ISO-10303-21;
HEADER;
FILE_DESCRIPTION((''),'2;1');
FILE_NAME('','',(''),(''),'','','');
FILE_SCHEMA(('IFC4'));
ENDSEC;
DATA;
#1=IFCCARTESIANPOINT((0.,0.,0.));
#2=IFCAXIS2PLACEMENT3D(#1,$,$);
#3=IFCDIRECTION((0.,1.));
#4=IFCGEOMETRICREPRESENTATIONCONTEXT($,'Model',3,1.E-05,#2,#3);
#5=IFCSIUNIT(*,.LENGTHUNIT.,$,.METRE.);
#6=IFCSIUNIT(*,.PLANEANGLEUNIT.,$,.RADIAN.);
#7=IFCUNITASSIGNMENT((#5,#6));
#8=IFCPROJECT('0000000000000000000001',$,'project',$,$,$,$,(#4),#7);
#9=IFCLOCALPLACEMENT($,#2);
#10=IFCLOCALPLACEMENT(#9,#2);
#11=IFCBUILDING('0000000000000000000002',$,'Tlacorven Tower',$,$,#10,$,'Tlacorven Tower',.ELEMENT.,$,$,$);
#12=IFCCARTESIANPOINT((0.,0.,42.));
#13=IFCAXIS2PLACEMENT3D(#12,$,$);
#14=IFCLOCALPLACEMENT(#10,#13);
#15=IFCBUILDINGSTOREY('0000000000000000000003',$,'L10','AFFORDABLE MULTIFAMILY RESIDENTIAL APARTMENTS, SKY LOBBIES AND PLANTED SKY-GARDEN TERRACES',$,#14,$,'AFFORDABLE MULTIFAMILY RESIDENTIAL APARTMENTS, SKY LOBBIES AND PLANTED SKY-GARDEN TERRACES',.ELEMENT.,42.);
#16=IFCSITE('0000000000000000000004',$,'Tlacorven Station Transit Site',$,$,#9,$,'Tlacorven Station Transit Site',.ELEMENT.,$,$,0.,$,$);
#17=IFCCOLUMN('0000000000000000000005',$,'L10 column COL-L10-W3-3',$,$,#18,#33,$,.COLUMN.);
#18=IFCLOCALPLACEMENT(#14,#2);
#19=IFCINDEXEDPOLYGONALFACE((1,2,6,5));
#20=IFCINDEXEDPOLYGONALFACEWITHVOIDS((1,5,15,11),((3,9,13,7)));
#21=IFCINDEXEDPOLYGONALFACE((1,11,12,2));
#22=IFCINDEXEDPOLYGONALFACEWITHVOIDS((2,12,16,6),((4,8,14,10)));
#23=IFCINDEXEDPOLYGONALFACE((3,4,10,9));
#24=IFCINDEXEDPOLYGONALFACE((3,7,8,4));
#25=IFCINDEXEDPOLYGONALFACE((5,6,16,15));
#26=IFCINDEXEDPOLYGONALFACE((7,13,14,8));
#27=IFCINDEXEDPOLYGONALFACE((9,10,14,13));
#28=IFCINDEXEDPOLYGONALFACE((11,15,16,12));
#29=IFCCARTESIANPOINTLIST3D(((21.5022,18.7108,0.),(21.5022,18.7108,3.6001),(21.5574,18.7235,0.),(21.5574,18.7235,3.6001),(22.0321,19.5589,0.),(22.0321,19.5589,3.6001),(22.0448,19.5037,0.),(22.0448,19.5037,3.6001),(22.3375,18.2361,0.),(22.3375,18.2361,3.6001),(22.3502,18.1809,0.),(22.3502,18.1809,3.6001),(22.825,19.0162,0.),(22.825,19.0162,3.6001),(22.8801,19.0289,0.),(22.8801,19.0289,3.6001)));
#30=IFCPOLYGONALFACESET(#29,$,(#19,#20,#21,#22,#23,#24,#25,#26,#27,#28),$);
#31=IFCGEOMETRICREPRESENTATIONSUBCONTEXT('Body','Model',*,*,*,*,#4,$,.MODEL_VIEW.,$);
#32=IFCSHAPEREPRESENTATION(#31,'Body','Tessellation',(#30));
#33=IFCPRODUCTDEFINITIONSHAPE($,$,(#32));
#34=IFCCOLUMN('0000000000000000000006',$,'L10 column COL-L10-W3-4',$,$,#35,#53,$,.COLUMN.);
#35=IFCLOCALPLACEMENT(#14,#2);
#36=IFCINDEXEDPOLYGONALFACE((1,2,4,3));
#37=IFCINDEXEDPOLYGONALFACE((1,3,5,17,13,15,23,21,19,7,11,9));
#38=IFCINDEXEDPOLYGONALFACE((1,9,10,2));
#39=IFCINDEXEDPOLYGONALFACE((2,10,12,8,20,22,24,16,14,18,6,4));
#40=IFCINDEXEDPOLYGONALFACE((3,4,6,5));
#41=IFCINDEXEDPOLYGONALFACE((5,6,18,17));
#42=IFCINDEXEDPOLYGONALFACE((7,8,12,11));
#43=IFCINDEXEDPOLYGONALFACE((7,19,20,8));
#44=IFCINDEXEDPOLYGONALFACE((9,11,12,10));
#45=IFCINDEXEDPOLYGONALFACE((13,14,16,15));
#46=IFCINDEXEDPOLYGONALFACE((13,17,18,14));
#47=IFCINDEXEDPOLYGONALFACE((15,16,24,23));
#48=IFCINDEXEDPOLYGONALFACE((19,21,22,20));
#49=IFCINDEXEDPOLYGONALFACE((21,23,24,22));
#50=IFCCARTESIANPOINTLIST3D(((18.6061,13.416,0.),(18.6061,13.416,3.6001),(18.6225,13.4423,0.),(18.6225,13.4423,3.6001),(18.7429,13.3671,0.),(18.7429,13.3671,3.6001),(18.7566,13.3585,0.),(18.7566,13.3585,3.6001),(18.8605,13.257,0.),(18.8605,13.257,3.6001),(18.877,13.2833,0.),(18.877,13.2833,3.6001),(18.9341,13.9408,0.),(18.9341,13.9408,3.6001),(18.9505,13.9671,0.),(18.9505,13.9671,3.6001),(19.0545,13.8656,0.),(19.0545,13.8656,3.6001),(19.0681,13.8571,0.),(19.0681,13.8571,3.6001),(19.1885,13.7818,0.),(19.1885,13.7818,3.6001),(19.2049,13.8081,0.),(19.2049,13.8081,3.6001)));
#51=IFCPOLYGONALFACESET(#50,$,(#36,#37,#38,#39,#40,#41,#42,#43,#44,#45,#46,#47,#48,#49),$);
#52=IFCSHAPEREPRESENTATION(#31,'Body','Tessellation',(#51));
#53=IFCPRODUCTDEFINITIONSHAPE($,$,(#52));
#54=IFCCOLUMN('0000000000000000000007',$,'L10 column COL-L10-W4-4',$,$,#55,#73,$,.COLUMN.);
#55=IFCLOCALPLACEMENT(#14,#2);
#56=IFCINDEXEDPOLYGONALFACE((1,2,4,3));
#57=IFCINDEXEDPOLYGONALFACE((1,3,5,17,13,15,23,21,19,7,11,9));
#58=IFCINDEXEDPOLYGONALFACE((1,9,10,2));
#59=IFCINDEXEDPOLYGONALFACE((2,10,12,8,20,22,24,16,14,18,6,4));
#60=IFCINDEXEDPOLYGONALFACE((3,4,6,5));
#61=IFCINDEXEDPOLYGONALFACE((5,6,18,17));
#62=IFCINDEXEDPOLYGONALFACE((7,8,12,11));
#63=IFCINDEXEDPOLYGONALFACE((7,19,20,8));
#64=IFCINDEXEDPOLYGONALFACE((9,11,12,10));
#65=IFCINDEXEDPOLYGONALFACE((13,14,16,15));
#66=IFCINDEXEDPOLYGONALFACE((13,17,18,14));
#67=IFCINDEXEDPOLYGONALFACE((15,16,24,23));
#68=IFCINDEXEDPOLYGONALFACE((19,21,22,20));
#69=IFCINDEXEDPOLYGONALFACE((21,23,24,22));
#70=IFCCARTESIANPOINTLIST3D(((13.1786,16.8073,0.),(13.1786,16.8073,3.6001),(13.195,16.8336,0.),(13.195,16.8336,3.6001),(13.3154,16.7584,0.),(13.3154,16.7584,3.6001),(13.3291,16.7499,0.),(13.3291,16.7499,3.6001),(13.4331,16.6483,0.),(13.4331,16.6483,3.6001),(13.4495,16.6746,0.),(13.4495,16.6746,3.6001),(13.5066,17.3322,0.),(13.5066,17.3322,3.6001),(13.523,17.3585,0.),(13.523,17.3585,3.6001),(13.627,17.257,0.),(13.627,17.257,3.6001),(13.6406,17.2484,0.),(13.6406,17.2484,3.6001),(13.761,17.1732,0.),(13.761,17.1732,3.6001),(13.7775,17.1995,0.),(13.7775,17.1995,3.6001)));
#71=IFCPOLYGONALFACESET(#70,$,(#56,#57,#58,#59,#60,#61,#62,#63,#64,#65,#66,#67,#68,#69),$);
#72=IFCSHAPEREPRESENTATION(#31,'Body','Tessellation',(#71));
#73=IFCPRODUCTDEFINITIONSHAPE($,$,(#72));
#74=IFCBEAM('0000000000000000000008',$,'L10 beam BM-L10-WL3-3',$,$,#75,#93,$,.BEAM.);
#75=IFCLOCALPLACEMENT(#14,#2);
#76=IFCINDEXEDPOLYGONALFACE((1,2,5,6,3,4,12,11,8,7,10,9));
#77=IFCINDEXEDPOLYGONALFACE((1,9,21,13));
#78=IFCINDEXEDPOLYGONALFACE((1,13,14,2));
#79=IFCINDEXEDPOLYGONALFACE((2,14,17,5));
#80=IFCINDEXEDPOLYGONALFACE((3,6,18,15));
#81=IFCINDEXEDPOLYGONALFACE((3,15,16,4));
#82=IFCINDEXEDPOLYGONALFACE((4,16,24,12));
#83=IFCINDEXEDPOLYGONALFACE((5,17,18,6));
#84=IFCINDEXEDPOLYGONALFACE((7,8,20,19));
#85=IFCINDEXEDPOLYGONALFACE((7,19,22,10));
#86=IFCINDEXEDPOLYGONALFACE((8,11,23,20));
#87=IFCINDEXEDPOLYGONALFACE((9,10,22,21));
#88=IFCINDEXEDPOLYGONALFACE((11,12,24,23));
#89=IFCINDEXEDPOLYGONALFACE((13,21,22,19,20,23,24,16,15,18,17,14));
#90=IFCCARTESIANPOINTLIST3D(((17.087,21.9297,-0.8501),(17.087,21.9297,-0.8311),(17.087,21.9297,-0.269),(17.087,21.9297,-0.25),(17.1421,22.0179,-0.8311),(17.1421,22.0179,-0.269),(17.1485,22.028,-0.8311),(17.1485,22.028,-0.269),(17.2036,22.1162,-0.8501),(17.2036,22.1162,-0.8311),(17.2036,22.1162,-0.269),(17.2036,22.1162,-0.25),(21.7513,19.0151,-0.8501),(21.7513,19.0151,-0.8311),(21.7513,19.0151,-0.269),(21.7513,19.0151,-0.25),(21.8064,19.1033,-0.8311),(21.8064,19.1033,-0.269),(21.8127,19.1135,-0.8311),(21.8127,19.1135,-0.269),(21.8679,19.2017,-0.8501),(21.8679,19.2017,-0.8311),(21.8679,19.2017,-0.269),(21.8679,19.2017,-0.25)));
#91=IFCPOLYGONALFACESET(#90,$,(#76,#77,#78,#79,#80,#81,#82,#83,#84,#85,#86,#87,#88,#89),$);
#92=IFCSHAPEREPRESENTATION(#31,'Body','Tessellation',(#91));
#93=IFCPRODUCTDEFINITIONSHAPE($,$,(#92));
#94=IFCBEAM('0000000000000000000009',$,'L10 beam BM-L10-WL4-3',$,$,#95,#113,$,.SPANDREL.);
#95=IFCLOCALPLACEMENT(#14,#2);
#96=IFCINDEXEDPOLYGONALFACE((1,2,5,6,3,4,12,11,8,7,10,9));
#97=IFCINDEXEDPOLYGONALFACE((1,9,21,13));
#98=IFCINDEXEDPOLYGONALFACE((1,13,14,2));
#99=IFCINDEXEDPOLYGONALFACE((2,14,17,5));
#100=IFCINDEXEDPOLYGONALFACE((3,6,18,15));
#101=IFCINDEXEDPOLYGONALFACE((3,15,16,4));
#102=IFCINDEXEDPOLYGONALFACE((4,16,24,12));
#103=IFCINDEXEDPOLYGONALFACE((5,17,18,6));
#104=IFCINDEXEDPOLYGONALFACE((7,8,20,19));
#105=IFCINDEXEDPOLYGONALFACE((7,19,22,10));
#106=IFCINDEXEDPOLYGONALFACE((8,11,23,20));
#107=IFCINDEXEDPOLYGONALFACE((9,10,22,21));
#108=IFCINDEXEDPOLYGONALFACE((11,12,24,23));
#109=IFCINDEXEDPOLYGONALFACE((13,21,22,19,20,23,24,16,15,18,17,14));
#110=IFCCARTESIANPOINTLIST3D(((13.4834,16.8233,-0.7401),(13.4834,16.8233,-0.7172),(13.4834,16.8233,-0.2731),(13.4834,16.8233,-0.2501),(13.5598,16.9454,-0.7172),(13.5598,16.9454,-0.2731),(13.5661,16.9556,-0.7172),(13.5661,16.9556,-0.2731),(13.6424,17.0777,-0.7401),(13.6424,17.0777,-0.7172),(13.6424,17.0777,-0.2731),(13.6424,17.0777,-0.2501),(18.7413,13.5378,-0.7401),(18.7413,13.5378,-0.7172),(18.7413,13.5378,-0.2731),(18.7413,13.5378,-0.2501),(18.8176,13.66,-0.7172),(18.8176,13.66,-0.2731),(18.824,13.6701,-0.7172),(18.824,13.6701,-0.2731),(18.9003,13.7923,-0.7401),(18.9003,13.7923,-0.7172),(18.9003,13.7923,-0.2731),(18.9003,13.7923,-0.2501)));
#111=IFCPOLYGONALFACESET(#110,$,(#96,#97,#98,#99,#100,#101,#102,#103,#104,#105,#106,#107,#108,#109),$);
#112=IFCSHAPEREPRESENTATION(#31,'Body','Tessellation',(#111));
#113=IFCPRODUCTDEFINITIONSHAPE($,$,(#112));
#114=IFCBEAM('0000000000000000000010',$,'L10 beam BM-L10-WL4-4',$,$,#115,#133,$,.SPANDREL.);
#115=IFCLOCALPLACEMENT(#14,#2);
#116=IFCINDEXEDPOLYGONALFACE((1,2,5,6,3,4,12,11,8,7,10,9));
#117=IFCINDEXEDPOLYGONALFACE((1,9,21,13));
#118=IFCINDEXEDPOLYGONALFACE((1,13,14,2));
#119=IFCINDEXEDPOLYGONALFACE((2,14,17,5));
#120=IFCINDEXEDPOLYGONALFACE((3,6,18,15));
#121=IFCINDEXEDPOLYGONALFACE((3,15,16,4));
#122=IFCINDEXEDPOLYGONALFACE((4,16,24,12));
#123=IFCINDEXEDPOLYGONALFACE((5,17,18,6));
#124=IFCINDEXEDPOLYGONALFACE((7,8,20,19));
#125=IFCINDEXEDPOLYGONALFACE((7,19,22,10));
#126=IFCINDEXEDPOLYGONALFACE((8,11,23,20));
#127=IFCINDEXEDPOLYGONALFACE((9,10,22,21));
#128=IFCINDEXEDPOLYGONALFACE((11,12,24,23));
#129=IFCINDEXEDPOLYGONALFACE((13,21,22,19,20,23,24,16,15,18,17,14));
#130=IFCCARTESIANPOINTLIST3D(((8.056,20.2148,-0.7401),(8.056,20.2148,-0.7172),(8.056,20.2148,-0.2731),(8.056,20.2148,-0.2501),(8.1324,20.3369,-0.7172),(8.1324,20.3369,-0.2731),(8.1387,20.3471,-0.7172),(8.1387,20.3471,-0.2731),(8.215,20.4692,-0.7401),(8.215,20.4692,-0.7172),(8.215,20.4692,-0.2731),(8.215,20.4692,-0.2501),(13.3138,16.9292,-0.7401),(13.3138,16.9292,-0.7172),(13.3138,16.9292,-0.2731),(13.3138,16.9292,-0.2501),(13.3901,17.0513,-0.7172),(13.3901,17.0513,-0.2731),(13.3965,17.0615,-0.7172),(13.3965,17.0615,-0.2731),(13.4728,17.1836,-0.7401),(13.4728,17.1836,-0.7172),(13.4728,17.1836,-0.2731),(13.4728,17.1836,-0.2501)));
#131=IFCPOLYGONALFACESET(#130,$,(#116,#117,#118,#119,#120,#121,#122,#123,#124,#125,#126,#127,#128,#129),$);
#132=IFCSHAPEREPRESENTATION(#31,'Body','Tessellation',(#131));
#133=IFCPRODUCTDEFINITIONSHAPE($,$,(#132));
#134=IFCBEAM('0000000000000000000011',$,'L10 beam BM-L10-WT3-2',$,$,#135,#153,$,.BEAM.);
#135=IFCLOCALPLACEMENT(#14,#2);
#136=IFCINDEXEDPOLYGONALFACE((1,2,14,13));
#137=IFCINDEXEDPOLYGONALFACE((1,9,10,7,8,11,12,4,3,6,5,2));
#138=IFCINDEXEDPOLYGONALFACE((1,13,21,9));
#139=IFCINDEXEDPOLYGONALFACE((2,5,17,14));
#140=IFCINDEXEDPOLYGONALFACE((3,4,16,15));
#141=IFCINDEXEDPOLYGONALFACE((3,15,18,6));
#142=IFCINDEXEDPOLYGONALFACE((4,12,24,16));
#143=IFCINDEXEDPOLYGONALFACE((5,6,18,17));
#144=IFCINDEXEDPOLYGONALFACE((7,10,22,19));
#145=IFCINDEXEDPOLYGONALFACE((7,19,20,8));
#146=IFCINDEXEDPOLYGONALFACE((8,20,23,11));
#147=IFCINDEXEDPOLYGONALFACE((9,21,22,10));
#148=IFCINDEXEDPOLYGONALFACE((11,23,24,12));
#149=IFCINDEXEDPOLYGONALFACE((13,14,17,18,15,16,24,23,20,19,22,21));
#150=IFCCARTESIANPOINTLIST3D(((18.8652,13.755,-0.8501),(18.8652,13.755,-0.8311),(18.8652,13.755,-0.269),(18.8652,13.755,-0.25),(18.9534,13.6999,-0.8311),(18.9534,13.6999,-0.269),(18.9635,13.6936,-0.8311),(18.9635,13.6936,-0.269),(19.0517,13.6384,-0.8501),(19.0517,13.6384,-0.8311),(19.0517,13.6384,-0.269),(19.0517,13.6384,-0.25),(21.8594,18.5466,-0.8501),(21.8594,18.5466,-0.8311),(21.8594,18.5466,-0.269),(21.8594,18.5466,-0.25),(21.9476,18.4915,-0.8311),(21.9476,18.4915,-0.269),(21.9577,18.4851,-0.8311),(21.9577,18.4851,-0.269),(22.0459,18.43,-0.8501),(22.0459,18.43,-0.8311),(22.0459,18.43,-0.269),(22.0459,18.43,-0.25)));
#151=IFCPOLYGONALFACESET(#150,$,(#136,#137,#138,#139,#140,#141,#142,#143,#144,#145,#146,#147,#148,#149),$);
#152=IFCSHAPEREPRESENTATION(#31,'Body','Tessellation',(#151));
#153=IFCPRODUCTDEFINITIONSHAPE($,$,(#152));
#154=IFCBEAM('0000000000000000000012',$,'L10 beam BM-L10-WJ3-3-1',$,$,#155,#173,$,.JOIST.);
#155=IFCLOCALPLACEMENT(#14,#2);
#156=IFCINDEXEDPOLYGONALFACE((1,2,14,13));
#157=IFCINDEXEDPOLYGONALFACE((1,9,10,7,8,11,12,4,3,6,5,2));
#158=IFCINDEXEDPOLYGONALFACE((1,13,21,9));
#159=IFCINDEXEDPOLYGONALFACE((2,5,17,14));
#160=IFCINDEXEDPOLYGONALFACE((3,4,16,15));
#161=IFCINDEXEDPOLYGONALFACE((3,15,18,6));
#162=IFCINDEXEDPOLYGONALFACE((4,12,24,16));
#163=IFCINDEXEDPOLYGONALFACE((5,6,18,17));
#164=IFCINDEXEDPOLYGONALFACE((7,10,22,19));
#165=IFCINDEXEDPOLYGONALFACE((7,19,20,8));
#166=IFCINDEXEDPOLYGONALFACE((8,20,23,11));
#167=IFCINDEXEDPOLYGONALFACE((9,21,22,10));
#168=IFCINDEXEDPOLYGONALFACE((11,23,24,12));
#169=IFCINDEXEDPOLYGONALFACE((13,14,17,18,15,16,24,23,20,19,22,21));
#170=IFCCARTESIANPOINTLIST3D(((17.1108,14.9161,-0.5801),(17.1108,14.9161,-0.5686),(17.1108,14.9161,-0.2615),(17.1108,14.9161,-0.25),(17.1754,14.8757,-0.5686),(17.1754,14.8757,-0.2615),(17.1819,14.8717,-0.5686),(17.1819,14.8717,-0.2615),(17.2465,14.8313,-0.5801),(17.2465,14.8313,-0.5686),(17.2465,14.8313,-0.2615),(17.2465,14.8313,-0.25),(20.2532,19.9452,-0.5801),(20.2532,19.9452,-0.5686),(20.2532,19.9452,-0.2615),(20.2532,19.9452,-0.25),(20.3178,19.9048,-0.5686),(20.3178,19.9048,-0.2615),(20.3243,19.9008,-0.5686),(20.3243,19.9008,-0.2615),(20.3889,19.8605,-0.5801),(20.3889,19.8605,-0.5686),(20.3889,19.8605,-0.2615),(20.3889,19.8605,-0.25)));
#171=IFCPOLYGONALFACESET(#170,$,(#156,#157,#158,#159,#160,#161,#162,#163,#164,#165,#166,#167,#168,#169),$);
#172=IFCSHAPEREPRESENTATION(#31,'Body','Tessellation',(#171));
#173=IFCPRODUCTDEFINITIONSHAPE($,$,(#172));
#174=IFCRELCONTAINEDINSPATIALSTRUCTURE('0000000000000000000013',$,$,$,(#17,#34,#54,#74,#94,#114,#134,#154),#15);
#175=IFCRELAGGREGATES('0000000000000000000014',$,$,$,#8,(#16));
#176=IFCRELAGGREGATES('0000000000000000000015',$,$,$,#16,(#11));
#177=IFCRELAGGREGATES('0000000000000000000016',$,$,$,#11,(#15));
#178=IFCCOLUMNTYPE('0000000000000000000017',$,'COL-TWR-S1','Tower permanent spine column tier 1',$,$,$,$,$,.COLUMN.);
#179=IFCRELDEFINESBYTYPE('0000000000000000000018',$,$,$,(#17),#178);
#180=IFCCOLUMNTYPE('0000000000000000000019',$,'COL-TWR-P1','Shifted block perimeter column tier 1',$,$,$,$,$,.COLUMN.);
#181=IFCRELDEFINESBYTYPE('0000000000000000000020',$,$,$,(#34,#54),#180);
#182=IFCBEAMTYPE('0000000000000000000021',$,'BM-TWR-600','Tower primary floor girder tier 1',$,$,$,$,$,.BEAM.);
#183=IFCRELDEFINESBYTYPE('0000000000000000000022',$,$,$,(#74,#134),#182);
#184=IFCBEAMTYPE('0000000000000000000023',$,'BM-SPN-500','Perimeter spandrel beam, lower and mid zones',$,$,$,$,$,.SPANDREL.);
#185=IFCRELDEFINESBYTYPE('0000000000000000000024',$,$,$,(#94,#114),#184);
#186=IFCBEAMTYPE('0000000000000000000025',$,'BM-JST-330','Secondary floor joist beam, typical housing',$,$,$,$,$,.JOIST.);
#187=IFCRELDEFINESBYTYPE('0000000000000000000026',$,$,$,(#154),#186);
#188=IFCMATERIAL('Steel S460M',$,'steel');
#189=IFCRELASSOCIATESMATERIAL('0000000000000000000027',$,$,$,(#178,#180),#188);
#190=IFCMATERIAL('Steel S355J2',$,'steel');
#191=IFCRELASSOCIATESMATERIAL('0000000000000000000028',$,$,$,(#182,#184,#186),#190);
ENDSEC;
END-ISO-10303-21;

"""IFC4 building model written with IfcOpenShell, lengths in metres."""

from ifc_helpers import new_model, si_unit, direction, frame, origin, origin_2d, place, context, subcontext, project, spatial, hollow_rectangle, i_section, extrude, source, transform, mapped, material, material_profile, profile_set, type_object, element, save


model = new_model("IFC4")

# Units and contexts
model_context = context("Model", 3, precision=1e-05, world=origin(), true_north=direction((0.0, 1.0)))
body_context = subcontext(model_context, "Body", "Model", "MODEL_VIEW")
ifc_project = project(units=[si_unit("LENGTHUNIT", "METRE"), si_unit("PLANEANGLEUNIT", "RADIAN")], contexts=[model_context])

# Site, building, storey
site_placement = place(None, origin())
site = spatial("IfcSite", under=ifc_project, at=site_placement, Name="Tlacorven Station Transit Site", LongName="Tlacorven Station Transit Site", CompositionType="ELEMENT", RefElevation=0.0)
building_placement = place(site_placement, origin())
building = spatial("IfcBuilding", under=site, at=building_placement, Name="Tlacorven Tower", LongName="Tlacorven Tower", CompositionType="ELEMENT")
storey_placement = place(building_placement, frame((0.0, 0.0, 42.0)))
storey = spatial("IfcBuildingStorey", under=building, at=storey_placement, Name="L10", Description="AFFORDABLE MULTIFAMILY RESIDENTIAL APARTMENTS, SKY LOBBIES AND PLANTED SKY-GARDEN TERRACES", LongName="AFFORDABLE MULTIFAMILY RESIDENTIAL APARTMENTS, SKY LOBBIES AND PLANTED SKY-GARDEN TERRACES", CompositionType="ELEMENT", Elevation=42.0)

# Columns
ifc_material_1 = material(Name="Steel S460M", Category="steel")
ifc_material_profile_1 = material_profile(ifc_material_1, hollow_rectangle(XDim=1.0, YDim=1.0, WallThickness=0.04, at=origin_2d()), Name="BOX 1000X1000X40")
ifc_profile_set_1 = profile_set([ifc_material_profile_1], Name="Steel S460M")
column_type_1 = type_object("IfcColumnType", Name="COL-TWR-S1", Description="Tower permanent spine column tier 1", PredefinedType="COLUMN", material=ifc_profile_set_1)
shared_shape_1 = source(origin(), body_context, "Body", "SweptSolid", [
    extrude(hollow_rectangle(XDim=1.0, YDim=1.0, WallThickness=0.04, at=origin_2d()), origin(), (0.0, 0.0, 1.0), 3.6001),
])
column_placement = place(storey_placement, frame((22.1912, 18.8699, 0.0), z_axis=(0.0, 0.0, 1.0), x_axis=(-0.848048, 0.529919, 0.0)))
element("IfcColumn", 1, at=column_placement, inside=storey, type_object=column_type_1, Name="L10 column COL-L10-W3-3", PredefinedType="COLUMN", context=body_context, shape_type="MappedRepresentation", body=[
    mapped(shared_shape_1, transform((0.0, 0.0, 0.0), scale=1.0)),
])
ifc_material_profile_2 = material_profile(ifc_material_1, i_section(OverallWidth=0.3, OverallDepth=0.6499, WebThickness=0.0161, FlangeThickness=0.031, at=origin_2d()), Name="HEB 650")
ifc_profile_set_2 = profile_set([ifc_material_profile_2], Name="Steel S460M")
column_type_2 = type_object("IfcColumnType", Name="COL-TWR-P1", Description="Shifted block perimeter column tier 1", PredefinedType="COLUMN", material=ifc_profile_set_2)
shared_shape_2 = source(origin(), body_context, "Body", "SweptSolid", [
    extrude(i_section(OverallWidth=0.3, OverallDepth=0.6499, WebThickness=0.0161, FlangeThickness=0.031, at=origin_2d()), origin(), (0.0, 0.0, 1.0), 3.6001),
])
for number, where, z_axis, x_axis, name in (
    (2, (18.9055, 13.6121, 0.0), (0.0, 0.0, 1.0), (-0.848048, 0.529919, 0.0), "L10 column COL-L10-W3-4"),
    (3, (13.478, 17.0034, 0.0), (0.0, 0.0, 1.0), (-0.848048, 0.529919, 0.0), "L10 column COL-L10-W4-4"),
):
    element("IfcColumn", number, at=place(storey_placement, frame(where, z_axis=z_axis, x_axis=x_axis)), inside=storey, type_object=column_type_2, Name=name, PredefinedType="COLUMN", context=body_context, shape_type="MappedRepresentation", body=[
        mapped(shared_shape_2, transform((0.0, 0.0, 0.0), scale=1.0)),
    ])

# Beams
ifc_material_2 = material(Name="Steel S355J2", Category="steel")
ifc_material_profile_3 = material_profile(ifc_material_2, i_section(OverallWidth=0.22, OverallDepth=0.6001, WebThickness=0.012, FlangeThickness=0.019, at=origin_2d()), Name="IPE 600")
ifc_profile_set_3 = profile_set([ifc_material_profile_3], Name="Steel S355J2")
beam_type_1 = type_object("IfcBeamType", Name="BM-TWR-600", Description="Tower primary floor girder tier 1", PredefinedType="BEAM", material=ifc_profile_set_3)
shared_shape_3 = source(origin(), body_context, "Body", "SweptSolid", [
    extrude(i_section(OverallWidth=0.22, OverallDepth=0.6001, WebThickness=0.012, FlangeThickness=0.019, at=origin_2d()), origin(), (0.0, 0.0, 1.0), 5.5),
])
beam_1_placement = place(storey_placement, frame((21.8096, 19.1084, -0.55), z_axis=(-0.848051, 0.529915, 0.0), x_axis=(-0.529915, -0.848051, 0.0)))
element("IfcBeam", 4, at=beam_1_placement, inside=storey, type_object=beam_type_1, Name="L10 beam BM-L10-WL3-3", PredefinedType="BEAM", context=body_context, shape_type="MappedRepresentation", body=[
    mapped(shared_shape_3, transform((0.0, 0.0, 0.0), scale=1.0)),
])
ifc_material_profile_4 = material_profile(ifc_material_2, i_section(OverallWidth=0.3, OverallDepth=0.49, WebThickness=0.012, FlangeThickness=0.0229, at=origin_2d()), Name="HEA 500")
ifc_profile_set_4 = profile_set([ifc_material_profile_4], Name="Steel S355J2")
beam_type_2 = type_object("IfcBeamType", Name="BM-SPN-500", Description="Perimeter spandrel beam, lower and mid zones", PredefinedType="SPANDREL", material=ifc_profile_set_4)
shared_shape_4 = source(origin(), body_context, "Body", "SweptSolid", [
    extrude(i_section(OverallWidth=0.3, OverallDepth=0.49, WebThickness=0.012, FlangeThickness=0.0229, at=origin_2d()), origin(), (0.0, 0.0, 1.0), 6.2),
])
for number, where, z_axis, x_axis, name in (
    (5, (18.8208, 13.665, -0.4951), (-0.848051, 0.529914, 0.0), (-0.529914, -0.848051, 0.0), "L10 beam BM-L10-WL4-3"),
    (6, (13.3933, 17.0564, -0.4951), (-0.848034, 0.529942, 0.0), (-0.529942, -0.848034, 0.0), "L10 beam BM-L10-WL4-4"),
):
    element("IfcBeam", number, at=place(storey_placement, frame(where, z_axis=z_axis, x_axis=x_axis)), inside=storey, type_object=beam_type_2, Name=name, PredefinedType="SPANDREL", context=body_context, shape_type="MappedRepresentation", body=[
        mapped(shared_shape_4, transform((0.0, 0.0, 0.0), scale=1.0)),
    ])
shared_shape_5 = source(origin(), body_context, "Body", "SweptSolid", [
    extrude(i_section(OverallWidth=0.22, OverallDepth=0.6001, WebThickness=0.012, FlangeThickness=0.019, at=origin_2d()), origin(), (0.0, 0.0, 1.0), 5.6501),
])
beam_2_placement = place(storey_placement, frame((21.9526, 18.4883, -0.55), z_axis=(-0.529929, -0.848042, 0.0), x_axis=(0.848042, -0.529929, 0.0)))
element("IfcBeam", 7, at=beam_2_placement, inside=storey, type_object=beam_type_1, Name="L10 beam BM-L10-WT3-2", PredefinedType="BEAM", context=body_context, shape_type="MappedRepresentation", body=[
    mapped(shared_shape_5, transform((0.0, 0.0, 0.0), scale=1.0)),
])
ifc_material_profile_5 = material_profile(ifc_material_2, i_section(OverallWidth=0.1599, OverallDepth=0.3301, WebThickness=0.0076, FlangeThickness=0.0115, at=origin_2d()), Name="IPE 330")
ifc_profile_set_5 = profile_set([ifc_material_profile_5], Name="Steel S355J2")
beam_type_3 = type_object("IfcBeamType", Name="BM-JST-330", Description="Secondary floor joist beam, typical housing", PredefinedType="JOIST", material=ifc_profile_set_5)
shared_shape_6 = source(origin(), body_context, "Body", "SweptSolid", [
    extrude(i_section(OverallWidth=0.1599, OverallDepth=0.3301, WebThickness=0.0076, FlangeThickness=0.0115, at=origin_2d()), origin(), (0.0, 0.0, 1.0), 5.9302),
])
beam_3_placement = place(storey_placement, frame((20.321, 19.9028, -0.415), z_axis=(-0.529899, -0.848061, 0.0), x_axis=(0.848061, -0.529899, 0.0)))
element("IfcBeam", 8, at=beam_3_placement, inside=storey, type_object=beam_type_3, Name="L10 beam BM-L10-WJ3-3-1", PredefinedType="JOIST", context=body_context, shape_type="MappedRepresentation", body=[
    mapped(shared_shape_6, transform((0.0, 0.0, 0.0), scale=1.0)),
])

save(model, "model.ifc")
